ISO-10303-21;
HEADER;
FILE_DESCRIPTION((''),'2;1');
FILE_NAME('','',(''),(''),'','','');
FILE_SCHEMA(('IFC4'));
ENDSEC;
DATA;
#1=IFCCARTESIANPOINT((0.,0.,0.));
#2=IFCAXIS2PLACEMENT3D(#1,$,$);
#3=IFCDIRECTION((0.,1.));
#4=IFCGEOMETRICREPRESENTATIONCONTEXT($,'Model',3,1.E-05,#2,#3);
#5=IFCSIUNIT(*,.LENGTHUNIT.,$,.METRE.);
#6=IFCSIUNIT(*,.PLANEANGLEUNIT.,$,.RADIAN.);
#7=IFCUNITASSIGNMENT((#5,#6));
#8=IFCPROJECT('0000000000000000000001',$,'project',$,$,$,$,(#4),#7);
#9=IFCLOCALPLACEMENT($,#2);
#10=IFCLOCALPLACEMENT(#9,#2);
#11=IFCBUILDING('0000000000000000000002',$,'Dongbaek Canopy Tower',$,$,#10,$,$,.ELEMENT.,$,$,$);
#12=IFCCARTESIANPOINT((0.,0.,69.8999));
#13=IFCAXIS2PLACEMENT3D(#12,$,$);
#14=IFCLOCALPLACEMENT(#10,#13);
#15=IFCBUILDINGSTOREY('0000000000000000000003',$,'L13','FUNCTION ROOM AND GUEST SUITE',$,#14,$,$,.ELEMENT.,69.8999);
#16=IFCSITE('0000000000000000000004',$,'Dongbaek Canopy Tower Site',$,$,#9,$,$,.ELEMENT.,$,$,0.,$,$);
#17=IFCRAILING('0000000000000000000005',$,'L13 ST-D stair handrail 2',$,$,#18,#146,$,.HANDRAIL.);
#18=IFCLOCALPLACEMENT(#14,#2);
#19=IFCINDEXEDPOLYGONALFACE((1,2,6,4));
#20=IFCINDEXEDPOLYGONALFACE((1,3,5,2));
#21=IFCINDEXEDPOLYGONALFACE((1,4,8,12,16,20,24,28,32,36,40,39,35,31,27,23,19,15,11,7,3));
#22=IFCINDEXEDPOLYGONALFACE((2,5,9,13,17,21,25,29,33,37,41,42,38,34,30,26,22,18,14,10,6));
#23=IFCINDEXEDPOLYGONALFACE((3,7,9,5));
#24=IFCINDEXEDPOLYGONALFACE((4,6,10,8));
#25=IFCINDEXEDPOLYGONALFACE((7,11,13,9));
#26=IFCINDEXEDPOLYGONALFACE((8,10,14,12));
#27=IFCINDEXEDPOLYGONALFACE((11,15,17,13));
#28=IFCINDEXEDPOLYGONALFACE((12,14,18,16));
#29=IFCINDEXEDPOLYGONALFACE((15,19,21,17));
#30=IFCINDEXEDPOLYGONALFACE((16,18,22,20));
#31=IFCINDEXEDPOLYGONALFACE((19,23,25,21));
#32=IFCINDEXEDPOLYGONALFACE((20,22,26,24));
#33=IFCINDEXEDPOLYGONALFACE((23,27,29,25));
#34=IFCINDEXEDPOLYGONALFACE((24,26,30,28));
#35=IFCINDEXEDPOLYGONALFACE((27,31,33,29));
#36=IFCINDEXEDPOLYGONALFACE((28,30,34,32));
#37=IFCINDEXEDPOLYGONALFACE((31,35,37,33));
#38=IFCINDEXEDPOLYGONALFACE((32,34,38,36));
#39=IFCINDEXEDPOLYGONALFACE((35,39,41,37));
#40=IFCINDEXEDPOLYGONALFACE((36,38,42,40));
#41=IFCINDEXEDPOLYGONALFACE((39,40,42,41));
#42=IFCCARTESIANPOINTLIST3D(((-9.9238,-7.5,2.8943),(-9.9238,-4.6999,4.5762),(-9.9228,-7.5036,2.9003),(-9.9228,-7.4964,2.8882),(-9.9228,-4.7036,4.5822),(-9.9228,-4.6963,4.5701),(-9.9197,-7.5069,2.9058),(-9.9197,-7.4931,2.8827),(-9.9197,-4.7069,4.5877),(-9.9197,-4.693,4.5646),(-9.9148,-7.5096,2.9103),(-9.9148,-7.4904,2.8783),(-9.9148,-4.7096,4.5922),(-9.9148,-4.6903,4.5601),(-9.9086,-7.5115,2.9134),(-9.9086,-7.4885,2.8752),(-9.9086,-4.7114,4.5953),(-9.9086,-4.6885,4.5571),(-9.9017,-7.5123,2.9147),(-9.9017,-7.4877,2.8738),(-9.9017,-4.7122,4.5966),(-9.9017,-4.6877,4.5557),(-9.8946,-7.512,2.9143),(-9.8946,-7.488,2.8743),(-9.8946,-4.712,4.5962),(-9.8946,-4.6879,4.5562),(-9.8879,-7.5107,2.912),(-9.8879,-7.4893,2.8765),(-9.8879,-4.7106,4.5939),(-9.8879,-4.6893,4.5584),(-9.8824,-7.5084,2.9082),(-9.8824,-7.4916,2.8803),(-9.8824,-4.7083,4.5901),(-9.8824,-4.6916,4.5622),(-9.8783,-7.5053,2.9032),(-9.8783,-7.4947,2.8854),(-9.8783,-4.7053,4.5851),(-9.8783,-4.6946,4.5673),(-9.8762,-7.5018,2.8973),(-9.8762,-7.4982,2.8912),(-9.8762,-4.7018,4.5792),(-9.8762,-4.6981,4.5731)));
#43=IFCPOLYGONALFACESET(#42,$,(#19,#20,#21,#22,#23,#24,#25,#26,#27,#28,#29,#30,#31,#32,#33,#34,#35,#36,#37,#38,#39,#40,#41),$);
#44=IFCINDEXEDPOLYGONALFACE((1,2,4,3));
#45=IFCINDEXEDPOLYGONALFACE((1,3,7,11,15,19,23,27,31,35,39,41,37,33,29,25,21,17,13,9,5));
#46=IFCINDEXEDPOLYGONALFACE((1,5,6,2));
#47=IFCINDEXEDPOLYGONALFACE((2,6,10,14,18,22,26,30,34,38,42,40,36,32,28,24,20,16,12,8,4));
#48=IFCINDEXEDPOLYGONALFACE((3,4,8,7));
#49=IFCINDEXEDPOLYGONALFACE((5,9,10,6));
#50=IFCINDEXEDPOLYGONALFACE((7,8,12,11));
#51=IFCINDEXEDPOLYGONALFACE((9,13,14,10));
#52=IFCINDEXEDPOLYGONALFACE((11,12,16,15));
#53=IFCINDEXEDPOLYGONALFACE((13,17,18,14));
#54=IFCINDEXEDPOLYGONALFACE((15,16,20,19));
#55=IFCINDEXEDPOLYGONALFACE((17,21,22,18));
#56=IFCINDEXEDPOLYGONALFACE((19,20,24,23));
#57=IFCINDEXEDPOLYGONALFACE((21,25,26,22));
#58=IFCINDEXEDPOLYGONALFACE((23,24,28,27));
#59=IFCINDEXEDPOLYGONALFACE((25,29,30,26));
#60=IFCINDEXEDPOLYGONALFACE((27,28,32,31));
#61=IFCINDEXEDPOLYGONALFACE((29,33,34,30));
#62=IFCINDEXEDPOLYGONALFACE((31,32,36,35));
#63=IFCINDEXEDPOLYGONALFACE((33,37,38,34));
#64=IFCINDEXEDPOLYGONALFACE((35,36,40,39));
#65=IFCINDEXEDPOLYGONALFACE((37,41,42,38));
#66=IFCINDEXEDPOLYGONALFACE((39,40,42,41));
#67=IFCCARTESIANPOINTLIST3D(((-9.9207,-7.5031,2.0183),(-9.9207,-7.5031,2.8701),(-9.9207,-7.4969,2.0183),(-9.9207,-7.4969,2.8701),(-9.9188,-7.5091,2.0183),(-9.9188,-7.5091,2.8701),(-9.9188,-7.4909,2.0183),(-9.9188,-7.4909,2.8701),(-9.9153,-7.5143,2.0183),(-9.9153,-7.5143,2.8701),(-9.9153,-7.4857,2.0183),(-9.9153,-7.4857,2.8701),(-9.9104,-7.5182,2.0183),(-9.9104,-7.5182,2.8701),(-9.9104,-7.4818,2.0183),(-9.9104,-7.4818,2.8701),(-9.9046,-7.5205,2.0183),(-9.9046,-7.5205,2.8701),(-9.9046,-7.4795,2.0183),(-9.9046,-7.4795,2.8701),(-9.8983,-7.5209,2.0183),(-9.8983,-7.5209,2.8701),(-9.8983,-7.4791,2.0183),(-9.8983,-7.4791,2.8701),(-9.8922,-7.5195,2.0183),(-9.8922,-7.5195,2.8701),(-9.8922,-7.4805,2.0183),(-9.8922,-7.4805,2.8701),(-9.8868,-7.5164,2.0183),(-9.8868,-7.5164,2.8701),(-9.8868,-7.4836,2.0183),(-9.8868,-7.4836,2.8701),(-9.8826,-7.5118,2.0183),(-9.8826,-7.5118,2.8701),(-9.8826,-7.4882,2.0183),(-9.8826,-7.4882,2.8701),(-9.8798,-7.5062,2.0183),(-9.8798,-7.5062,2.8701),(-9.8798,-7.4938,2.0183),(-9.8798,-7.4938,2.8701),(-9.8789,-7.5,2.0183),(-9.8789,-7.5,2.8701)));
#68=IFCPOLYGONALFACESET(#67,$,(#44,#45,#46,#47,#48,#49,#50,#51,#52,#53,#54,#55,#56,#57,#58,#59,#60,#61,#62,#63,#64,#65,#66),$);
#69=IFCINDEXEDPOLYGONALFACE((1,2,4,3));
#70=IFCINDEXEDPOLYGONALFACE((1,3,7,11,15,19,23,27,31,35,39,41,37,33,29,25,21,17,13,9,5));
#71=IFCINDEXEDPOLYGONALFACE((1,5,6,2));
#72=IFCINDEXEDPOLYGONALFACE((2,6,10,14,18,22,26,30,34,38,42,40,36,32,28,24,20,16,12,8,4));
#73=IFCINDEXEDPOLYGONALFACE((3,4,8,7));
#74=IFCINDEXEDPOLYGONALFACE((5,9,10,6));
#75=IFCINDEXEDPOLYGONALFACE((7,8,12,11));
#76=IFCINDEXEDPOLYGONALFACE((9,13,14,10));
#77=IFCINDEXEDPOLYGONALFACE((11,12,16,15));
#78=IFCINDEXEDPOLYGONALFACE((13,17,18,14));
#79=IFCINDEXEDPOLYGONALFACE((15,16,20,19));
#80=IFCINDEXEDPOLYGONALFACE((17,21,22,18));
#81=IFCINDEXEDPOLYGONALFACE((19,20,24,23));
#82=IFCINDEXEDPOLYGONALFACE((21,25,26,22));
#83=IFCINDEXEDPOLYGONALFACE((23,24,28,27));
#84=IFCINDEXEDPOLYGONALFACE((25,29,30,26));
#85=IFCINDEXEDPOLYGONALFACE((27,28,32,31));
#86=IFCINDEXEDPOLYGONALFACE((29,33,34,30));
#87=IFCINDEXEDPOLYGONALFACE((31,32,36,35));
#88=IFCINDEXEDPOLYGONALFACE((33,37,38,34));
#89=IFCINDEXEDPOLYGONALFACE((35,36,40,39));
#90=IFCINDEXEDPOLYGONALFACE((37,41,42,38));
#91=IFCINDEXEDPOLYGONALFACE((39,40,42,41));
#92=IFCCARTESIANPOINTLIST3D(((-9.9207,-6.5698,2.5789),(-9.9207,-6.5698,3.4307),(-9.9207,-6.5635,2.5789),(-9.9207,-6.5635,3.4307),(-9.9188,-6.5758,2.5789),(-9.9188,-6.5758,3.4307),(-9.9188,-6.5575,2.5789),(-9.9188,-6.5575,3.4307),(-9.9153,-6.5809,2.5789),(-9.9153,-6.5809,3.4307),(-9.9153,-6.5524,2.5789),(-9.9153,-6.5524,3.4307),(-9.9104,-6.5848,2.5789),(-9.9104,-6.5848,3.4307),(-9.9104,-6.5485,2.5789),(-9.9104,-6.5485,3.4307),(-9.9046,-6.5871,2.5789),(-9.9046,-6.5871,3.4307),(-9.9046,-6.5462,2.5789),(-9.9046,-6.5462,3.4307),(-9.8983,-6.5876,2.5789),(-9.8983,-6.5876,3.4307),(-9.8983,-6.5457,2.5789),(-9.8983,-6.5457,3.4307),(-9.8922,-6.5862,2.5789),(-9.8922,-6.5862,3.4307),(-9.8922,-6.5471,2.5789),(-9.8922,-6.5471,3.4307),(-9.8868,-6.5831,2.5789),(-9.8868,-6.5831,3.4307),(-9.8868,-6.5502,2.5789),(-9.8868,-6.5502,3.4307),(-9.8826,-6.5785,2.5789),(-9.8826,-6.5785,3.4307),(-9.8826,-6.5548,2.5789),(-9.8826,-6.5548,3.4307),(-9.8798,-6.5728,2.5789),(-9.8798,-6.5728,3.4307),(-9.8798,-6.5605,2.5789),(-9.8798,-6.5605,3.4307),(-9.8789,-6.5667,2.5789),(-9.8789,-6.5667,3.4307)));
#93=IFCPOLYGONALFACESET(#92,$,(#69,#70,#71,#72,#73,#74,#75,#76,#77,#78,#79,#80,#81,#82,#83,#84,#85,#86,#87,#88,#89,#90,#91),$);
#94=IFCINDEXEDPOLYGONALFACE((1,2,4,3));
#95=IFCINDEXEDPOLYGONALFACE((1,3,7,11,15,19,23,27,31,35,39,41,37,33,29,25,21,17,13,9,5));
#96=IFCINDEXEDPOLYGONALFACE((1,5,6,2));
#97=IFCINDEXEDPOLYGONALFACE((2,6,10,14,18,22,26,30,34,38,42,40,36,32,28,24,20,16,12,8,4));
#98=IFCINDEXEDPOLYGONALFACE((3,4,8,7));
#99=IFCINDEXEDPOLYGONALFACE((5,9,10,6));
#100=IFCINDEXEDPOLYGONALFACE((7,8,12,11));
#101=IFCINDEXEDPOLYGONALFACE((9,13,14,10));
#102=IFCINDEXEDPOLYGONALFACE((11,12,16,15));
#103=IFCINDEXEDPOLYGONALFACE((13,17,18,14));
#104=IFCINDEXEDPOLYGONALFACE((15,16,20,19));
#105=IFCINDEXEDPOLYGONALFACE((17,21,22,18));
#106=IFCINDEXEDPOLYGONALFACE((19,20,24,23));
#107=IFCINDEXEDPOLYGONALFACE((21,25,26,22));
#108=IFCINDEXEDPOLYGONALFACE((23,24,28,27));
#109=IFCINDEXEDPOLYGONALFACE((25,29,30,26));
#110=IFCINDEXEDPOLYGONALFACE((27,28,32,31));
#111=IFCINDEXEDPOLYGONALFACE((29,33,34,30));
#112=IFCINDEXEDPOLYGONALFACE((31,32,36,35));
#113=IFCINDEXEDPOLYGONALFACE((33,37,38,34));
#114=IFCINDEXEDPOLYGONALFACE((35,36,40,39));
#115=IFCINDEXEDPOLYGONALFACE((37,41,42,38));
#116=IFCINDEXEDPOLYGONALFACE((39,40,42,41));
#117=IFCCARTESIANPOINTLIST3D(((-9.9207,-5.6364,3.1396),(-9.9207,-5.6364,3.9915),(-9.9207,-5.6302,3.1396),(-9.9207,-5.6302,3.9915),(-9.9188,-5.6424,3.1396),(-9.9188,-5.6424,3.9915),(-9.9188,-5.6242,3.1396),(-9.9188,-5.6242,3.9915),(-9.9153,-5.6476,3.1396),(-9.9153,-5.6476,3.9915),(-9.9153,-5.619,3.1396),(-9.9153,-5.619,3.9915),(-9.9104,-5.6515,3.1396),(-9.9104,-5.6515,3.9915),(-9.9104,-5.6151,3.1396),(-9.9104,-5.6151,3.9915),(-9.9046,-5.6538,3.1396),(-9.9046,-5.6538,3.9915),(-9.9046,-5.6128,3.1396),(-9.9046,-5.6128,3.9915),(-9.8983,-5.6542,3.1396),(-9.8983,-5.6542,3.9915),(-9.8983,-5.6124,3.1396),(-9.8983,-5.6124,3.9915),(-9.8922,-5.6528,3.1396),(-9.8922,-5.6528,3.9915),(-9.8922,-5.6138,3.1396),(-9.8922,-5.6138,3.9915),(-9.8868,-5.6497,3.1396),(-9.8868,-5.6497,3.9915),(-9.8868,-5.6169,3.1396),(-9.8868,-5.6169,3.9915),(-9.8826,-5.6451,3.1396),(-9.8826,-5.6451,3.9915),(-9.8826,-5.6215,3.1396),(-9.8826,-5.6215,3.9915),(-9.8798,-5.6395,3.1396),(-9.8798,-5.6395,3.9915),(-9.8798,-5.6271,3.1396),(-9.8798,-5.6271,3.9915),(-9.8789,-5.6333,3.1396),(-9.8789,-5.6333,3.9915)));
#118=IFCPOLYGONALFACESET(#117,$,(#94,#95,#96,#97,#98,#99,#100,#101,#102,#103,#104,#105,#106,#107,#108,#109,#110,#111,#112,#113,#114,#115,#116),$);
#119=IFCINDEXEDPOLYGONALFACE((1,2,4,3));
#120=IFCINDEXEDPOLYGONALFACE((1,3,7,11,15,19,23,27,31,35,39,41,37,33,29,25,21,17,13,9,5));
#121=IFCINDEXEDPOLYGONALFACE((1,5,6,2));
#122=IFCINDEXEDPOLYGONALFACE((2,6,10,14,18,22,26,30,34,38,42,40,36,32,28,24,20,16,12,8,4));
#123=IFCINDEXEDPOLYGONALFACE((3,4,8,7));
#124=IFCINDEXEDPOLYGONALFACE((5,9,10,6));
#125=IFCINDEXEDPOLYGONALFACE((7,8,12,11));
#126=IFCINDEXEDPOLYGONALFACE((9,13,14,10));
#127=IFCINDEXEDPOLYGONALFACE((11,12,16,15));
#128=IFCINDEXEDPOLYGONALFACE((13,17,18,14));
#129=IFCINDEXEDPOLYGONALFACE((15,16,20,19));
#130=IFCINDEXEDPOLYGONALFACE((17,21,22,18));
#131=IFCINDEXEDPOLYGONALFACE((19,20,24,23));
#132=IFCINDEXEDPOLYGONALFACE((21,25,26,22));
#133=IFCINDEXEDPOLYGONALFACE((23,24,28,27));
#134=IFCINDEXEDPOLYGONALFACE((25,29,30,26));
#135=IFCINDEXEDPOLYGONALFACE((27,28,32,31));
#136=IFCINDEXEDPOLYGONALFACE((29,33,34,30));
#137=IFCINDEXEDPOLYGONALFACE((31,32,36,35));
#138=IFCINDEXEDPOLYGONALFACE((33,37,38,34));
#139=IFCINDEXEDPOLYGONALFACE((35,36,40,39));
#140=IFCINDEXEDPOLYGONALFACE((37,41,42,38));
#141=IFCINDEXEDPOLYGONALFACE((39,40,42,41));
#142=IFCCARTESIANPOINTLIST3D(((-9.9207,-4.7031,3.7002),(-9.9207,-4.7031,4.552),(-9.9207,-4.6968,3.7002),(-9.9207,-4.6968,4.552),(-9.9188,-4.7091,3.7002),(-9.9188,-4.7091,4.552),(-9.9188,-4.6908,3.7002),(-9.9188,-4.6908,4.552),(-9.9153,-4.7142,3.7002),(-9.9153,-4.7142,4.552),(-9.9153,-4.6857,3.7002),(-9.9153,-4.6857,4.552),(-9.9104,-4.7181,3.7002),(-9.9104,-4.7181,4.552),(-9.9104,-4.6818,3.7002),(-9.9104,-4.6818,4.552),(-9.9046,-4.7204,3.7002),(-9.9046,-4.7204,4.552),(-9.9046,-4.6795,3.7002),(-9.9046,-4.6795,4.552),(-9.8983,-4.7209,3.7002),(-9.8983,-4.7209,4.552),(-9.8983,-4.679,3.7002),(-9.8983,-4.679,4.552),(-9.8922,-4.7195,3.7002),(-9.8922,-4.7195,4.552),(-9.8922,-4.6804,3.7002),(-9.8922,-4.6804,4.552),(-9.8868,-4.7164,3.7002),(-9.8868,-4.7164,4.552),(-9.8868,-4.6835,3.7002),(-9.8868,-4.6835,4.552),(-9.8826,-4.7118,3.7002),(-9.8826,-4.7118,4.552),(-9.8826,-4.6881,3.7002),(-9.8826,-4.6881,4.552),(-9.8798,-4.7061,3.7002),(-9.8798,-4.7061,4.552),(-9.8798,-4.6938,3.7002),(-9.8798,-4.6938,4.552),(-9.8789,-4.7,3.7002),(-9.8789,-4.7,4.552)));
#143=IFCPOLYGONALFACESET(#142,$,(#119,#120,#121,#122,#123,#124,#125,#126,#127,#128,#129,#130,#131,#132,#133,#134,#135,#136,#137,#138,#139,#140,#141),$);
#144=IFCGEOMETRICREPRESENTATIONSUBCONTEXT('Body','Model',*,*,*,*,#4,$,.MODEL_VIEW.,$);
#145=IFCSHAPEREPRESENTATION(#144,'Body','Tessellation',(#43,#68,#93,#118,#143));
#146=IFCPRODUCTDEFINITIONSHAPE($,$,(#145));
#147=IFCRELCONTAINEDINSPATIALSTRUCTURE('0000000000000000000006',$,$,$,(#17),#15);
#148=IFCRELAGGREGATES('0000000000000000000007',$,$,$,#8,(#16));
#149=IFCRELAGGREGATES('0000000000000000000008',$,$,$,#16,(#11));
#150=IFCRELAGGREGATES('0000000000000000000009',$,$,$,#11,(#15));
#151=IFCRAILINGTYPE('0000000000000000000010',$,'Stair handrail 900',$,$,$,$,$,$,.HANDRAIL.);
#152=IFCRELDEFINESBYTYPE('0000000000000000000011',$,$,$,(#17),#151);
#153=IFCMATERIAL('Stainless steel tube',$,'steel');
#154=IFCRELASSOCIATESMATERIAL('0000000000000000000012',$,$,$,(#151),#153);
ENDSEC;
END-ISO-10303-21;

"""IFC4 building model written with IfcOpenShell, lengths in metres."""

from ifc_helpers import new_model, si_unit, direction, frame, origin, origin_2d, place, context, subcontext, project, spatial, circle, extrude, material, type_object, element, save


model = new_model("IFC4")

# Units and contexts
model_context = context("Model", 3, precision=1e-05, world=origin(), true_north=direction((0.0, 1.0)))
body_context = subcontext(model_context, "Body", "Model", "MODEL_VIEW")
ifc_project = project(units=[si_unit("LENGTHUNIT", "METRE"), si_unit("PLANEANGLEUNIT", "RADIAN")], contexts=[model_context])

# Site, building, storey
site_placement = place(None, origin())
site = spatial("IfcSite", under=ifc_project, at=site_placement, Name="Dongbaek Canopy Tower Site", CompositionType="ELEMENT", RefElevation=0.0)
building_placement = place(site_placement, origin())
building = spatial("IfcBuilding", under=site, at=building_placement, Name="Dongbaek Canopy Tower", CompositionType="ELEMENT")
storey_placement = place(building_placement, frame((0.0, 0.0, 69.8999)))
storey = spatial("IfcBuildingStorey", under=building, at=storey_placement, Name="L13", Description="FUNCTION ROOM AND GUEST SUITE", CompositionType="ELEMENT", Elevation=69.8999)

# Railing
ifc_material_1 = material(Name="Stainless steel tube", Category="steel")
railing_type_1 = type_object("IfcRailingType", Name="Stair handrail 900", PredefinedType="HANDRAIL", material=ifc_material_1)
railing_1_placement = place(storey_placement, frame((-9.8999, -7.5, 2.0183)))
element("IfcRailing", 1, at=railing_1_placement, inside=storey, type_object=railing_type_1, Name="L13 ST-D stair handrail 2", PredefinedType="HANDRAIL", context=body_context, shape_type="SweptSolid", body=[
    extrude(circle(Radius=0.0239, at=origin_2d()), frame((0.0, 0.0, 0.876), z_axis=(0.0, 0.857242, 0.514913), x_axis=(-1.0, 0.0, 0.0)), (0.0, 0.0, 1.0), 3.2664),
    extrude(circle(Radius=0.021, at=origin_2d()), origin(), (0.0, 0.0, 1.0), 0.8518),
    extrude(circle(Radius=0.021, at=origin_2d()), frame((0.0, 0.9333, 0.5605)), (0.0, 0.0, 1.0), 0.8518),
    extrude(circle(Radius=0.021, at=origin_2d()), frame((0.0, 1.8667, 1.1213)), (0.0, 0.0, 1.0), 0.8518),
    extrude(circle(Radius=0.021, at=origin_2d()), frame((0.0, 2.8, 1.6819)), (0.0, 0.0, 1.0), 0.8518),
])

save(model, "model.ifc")
